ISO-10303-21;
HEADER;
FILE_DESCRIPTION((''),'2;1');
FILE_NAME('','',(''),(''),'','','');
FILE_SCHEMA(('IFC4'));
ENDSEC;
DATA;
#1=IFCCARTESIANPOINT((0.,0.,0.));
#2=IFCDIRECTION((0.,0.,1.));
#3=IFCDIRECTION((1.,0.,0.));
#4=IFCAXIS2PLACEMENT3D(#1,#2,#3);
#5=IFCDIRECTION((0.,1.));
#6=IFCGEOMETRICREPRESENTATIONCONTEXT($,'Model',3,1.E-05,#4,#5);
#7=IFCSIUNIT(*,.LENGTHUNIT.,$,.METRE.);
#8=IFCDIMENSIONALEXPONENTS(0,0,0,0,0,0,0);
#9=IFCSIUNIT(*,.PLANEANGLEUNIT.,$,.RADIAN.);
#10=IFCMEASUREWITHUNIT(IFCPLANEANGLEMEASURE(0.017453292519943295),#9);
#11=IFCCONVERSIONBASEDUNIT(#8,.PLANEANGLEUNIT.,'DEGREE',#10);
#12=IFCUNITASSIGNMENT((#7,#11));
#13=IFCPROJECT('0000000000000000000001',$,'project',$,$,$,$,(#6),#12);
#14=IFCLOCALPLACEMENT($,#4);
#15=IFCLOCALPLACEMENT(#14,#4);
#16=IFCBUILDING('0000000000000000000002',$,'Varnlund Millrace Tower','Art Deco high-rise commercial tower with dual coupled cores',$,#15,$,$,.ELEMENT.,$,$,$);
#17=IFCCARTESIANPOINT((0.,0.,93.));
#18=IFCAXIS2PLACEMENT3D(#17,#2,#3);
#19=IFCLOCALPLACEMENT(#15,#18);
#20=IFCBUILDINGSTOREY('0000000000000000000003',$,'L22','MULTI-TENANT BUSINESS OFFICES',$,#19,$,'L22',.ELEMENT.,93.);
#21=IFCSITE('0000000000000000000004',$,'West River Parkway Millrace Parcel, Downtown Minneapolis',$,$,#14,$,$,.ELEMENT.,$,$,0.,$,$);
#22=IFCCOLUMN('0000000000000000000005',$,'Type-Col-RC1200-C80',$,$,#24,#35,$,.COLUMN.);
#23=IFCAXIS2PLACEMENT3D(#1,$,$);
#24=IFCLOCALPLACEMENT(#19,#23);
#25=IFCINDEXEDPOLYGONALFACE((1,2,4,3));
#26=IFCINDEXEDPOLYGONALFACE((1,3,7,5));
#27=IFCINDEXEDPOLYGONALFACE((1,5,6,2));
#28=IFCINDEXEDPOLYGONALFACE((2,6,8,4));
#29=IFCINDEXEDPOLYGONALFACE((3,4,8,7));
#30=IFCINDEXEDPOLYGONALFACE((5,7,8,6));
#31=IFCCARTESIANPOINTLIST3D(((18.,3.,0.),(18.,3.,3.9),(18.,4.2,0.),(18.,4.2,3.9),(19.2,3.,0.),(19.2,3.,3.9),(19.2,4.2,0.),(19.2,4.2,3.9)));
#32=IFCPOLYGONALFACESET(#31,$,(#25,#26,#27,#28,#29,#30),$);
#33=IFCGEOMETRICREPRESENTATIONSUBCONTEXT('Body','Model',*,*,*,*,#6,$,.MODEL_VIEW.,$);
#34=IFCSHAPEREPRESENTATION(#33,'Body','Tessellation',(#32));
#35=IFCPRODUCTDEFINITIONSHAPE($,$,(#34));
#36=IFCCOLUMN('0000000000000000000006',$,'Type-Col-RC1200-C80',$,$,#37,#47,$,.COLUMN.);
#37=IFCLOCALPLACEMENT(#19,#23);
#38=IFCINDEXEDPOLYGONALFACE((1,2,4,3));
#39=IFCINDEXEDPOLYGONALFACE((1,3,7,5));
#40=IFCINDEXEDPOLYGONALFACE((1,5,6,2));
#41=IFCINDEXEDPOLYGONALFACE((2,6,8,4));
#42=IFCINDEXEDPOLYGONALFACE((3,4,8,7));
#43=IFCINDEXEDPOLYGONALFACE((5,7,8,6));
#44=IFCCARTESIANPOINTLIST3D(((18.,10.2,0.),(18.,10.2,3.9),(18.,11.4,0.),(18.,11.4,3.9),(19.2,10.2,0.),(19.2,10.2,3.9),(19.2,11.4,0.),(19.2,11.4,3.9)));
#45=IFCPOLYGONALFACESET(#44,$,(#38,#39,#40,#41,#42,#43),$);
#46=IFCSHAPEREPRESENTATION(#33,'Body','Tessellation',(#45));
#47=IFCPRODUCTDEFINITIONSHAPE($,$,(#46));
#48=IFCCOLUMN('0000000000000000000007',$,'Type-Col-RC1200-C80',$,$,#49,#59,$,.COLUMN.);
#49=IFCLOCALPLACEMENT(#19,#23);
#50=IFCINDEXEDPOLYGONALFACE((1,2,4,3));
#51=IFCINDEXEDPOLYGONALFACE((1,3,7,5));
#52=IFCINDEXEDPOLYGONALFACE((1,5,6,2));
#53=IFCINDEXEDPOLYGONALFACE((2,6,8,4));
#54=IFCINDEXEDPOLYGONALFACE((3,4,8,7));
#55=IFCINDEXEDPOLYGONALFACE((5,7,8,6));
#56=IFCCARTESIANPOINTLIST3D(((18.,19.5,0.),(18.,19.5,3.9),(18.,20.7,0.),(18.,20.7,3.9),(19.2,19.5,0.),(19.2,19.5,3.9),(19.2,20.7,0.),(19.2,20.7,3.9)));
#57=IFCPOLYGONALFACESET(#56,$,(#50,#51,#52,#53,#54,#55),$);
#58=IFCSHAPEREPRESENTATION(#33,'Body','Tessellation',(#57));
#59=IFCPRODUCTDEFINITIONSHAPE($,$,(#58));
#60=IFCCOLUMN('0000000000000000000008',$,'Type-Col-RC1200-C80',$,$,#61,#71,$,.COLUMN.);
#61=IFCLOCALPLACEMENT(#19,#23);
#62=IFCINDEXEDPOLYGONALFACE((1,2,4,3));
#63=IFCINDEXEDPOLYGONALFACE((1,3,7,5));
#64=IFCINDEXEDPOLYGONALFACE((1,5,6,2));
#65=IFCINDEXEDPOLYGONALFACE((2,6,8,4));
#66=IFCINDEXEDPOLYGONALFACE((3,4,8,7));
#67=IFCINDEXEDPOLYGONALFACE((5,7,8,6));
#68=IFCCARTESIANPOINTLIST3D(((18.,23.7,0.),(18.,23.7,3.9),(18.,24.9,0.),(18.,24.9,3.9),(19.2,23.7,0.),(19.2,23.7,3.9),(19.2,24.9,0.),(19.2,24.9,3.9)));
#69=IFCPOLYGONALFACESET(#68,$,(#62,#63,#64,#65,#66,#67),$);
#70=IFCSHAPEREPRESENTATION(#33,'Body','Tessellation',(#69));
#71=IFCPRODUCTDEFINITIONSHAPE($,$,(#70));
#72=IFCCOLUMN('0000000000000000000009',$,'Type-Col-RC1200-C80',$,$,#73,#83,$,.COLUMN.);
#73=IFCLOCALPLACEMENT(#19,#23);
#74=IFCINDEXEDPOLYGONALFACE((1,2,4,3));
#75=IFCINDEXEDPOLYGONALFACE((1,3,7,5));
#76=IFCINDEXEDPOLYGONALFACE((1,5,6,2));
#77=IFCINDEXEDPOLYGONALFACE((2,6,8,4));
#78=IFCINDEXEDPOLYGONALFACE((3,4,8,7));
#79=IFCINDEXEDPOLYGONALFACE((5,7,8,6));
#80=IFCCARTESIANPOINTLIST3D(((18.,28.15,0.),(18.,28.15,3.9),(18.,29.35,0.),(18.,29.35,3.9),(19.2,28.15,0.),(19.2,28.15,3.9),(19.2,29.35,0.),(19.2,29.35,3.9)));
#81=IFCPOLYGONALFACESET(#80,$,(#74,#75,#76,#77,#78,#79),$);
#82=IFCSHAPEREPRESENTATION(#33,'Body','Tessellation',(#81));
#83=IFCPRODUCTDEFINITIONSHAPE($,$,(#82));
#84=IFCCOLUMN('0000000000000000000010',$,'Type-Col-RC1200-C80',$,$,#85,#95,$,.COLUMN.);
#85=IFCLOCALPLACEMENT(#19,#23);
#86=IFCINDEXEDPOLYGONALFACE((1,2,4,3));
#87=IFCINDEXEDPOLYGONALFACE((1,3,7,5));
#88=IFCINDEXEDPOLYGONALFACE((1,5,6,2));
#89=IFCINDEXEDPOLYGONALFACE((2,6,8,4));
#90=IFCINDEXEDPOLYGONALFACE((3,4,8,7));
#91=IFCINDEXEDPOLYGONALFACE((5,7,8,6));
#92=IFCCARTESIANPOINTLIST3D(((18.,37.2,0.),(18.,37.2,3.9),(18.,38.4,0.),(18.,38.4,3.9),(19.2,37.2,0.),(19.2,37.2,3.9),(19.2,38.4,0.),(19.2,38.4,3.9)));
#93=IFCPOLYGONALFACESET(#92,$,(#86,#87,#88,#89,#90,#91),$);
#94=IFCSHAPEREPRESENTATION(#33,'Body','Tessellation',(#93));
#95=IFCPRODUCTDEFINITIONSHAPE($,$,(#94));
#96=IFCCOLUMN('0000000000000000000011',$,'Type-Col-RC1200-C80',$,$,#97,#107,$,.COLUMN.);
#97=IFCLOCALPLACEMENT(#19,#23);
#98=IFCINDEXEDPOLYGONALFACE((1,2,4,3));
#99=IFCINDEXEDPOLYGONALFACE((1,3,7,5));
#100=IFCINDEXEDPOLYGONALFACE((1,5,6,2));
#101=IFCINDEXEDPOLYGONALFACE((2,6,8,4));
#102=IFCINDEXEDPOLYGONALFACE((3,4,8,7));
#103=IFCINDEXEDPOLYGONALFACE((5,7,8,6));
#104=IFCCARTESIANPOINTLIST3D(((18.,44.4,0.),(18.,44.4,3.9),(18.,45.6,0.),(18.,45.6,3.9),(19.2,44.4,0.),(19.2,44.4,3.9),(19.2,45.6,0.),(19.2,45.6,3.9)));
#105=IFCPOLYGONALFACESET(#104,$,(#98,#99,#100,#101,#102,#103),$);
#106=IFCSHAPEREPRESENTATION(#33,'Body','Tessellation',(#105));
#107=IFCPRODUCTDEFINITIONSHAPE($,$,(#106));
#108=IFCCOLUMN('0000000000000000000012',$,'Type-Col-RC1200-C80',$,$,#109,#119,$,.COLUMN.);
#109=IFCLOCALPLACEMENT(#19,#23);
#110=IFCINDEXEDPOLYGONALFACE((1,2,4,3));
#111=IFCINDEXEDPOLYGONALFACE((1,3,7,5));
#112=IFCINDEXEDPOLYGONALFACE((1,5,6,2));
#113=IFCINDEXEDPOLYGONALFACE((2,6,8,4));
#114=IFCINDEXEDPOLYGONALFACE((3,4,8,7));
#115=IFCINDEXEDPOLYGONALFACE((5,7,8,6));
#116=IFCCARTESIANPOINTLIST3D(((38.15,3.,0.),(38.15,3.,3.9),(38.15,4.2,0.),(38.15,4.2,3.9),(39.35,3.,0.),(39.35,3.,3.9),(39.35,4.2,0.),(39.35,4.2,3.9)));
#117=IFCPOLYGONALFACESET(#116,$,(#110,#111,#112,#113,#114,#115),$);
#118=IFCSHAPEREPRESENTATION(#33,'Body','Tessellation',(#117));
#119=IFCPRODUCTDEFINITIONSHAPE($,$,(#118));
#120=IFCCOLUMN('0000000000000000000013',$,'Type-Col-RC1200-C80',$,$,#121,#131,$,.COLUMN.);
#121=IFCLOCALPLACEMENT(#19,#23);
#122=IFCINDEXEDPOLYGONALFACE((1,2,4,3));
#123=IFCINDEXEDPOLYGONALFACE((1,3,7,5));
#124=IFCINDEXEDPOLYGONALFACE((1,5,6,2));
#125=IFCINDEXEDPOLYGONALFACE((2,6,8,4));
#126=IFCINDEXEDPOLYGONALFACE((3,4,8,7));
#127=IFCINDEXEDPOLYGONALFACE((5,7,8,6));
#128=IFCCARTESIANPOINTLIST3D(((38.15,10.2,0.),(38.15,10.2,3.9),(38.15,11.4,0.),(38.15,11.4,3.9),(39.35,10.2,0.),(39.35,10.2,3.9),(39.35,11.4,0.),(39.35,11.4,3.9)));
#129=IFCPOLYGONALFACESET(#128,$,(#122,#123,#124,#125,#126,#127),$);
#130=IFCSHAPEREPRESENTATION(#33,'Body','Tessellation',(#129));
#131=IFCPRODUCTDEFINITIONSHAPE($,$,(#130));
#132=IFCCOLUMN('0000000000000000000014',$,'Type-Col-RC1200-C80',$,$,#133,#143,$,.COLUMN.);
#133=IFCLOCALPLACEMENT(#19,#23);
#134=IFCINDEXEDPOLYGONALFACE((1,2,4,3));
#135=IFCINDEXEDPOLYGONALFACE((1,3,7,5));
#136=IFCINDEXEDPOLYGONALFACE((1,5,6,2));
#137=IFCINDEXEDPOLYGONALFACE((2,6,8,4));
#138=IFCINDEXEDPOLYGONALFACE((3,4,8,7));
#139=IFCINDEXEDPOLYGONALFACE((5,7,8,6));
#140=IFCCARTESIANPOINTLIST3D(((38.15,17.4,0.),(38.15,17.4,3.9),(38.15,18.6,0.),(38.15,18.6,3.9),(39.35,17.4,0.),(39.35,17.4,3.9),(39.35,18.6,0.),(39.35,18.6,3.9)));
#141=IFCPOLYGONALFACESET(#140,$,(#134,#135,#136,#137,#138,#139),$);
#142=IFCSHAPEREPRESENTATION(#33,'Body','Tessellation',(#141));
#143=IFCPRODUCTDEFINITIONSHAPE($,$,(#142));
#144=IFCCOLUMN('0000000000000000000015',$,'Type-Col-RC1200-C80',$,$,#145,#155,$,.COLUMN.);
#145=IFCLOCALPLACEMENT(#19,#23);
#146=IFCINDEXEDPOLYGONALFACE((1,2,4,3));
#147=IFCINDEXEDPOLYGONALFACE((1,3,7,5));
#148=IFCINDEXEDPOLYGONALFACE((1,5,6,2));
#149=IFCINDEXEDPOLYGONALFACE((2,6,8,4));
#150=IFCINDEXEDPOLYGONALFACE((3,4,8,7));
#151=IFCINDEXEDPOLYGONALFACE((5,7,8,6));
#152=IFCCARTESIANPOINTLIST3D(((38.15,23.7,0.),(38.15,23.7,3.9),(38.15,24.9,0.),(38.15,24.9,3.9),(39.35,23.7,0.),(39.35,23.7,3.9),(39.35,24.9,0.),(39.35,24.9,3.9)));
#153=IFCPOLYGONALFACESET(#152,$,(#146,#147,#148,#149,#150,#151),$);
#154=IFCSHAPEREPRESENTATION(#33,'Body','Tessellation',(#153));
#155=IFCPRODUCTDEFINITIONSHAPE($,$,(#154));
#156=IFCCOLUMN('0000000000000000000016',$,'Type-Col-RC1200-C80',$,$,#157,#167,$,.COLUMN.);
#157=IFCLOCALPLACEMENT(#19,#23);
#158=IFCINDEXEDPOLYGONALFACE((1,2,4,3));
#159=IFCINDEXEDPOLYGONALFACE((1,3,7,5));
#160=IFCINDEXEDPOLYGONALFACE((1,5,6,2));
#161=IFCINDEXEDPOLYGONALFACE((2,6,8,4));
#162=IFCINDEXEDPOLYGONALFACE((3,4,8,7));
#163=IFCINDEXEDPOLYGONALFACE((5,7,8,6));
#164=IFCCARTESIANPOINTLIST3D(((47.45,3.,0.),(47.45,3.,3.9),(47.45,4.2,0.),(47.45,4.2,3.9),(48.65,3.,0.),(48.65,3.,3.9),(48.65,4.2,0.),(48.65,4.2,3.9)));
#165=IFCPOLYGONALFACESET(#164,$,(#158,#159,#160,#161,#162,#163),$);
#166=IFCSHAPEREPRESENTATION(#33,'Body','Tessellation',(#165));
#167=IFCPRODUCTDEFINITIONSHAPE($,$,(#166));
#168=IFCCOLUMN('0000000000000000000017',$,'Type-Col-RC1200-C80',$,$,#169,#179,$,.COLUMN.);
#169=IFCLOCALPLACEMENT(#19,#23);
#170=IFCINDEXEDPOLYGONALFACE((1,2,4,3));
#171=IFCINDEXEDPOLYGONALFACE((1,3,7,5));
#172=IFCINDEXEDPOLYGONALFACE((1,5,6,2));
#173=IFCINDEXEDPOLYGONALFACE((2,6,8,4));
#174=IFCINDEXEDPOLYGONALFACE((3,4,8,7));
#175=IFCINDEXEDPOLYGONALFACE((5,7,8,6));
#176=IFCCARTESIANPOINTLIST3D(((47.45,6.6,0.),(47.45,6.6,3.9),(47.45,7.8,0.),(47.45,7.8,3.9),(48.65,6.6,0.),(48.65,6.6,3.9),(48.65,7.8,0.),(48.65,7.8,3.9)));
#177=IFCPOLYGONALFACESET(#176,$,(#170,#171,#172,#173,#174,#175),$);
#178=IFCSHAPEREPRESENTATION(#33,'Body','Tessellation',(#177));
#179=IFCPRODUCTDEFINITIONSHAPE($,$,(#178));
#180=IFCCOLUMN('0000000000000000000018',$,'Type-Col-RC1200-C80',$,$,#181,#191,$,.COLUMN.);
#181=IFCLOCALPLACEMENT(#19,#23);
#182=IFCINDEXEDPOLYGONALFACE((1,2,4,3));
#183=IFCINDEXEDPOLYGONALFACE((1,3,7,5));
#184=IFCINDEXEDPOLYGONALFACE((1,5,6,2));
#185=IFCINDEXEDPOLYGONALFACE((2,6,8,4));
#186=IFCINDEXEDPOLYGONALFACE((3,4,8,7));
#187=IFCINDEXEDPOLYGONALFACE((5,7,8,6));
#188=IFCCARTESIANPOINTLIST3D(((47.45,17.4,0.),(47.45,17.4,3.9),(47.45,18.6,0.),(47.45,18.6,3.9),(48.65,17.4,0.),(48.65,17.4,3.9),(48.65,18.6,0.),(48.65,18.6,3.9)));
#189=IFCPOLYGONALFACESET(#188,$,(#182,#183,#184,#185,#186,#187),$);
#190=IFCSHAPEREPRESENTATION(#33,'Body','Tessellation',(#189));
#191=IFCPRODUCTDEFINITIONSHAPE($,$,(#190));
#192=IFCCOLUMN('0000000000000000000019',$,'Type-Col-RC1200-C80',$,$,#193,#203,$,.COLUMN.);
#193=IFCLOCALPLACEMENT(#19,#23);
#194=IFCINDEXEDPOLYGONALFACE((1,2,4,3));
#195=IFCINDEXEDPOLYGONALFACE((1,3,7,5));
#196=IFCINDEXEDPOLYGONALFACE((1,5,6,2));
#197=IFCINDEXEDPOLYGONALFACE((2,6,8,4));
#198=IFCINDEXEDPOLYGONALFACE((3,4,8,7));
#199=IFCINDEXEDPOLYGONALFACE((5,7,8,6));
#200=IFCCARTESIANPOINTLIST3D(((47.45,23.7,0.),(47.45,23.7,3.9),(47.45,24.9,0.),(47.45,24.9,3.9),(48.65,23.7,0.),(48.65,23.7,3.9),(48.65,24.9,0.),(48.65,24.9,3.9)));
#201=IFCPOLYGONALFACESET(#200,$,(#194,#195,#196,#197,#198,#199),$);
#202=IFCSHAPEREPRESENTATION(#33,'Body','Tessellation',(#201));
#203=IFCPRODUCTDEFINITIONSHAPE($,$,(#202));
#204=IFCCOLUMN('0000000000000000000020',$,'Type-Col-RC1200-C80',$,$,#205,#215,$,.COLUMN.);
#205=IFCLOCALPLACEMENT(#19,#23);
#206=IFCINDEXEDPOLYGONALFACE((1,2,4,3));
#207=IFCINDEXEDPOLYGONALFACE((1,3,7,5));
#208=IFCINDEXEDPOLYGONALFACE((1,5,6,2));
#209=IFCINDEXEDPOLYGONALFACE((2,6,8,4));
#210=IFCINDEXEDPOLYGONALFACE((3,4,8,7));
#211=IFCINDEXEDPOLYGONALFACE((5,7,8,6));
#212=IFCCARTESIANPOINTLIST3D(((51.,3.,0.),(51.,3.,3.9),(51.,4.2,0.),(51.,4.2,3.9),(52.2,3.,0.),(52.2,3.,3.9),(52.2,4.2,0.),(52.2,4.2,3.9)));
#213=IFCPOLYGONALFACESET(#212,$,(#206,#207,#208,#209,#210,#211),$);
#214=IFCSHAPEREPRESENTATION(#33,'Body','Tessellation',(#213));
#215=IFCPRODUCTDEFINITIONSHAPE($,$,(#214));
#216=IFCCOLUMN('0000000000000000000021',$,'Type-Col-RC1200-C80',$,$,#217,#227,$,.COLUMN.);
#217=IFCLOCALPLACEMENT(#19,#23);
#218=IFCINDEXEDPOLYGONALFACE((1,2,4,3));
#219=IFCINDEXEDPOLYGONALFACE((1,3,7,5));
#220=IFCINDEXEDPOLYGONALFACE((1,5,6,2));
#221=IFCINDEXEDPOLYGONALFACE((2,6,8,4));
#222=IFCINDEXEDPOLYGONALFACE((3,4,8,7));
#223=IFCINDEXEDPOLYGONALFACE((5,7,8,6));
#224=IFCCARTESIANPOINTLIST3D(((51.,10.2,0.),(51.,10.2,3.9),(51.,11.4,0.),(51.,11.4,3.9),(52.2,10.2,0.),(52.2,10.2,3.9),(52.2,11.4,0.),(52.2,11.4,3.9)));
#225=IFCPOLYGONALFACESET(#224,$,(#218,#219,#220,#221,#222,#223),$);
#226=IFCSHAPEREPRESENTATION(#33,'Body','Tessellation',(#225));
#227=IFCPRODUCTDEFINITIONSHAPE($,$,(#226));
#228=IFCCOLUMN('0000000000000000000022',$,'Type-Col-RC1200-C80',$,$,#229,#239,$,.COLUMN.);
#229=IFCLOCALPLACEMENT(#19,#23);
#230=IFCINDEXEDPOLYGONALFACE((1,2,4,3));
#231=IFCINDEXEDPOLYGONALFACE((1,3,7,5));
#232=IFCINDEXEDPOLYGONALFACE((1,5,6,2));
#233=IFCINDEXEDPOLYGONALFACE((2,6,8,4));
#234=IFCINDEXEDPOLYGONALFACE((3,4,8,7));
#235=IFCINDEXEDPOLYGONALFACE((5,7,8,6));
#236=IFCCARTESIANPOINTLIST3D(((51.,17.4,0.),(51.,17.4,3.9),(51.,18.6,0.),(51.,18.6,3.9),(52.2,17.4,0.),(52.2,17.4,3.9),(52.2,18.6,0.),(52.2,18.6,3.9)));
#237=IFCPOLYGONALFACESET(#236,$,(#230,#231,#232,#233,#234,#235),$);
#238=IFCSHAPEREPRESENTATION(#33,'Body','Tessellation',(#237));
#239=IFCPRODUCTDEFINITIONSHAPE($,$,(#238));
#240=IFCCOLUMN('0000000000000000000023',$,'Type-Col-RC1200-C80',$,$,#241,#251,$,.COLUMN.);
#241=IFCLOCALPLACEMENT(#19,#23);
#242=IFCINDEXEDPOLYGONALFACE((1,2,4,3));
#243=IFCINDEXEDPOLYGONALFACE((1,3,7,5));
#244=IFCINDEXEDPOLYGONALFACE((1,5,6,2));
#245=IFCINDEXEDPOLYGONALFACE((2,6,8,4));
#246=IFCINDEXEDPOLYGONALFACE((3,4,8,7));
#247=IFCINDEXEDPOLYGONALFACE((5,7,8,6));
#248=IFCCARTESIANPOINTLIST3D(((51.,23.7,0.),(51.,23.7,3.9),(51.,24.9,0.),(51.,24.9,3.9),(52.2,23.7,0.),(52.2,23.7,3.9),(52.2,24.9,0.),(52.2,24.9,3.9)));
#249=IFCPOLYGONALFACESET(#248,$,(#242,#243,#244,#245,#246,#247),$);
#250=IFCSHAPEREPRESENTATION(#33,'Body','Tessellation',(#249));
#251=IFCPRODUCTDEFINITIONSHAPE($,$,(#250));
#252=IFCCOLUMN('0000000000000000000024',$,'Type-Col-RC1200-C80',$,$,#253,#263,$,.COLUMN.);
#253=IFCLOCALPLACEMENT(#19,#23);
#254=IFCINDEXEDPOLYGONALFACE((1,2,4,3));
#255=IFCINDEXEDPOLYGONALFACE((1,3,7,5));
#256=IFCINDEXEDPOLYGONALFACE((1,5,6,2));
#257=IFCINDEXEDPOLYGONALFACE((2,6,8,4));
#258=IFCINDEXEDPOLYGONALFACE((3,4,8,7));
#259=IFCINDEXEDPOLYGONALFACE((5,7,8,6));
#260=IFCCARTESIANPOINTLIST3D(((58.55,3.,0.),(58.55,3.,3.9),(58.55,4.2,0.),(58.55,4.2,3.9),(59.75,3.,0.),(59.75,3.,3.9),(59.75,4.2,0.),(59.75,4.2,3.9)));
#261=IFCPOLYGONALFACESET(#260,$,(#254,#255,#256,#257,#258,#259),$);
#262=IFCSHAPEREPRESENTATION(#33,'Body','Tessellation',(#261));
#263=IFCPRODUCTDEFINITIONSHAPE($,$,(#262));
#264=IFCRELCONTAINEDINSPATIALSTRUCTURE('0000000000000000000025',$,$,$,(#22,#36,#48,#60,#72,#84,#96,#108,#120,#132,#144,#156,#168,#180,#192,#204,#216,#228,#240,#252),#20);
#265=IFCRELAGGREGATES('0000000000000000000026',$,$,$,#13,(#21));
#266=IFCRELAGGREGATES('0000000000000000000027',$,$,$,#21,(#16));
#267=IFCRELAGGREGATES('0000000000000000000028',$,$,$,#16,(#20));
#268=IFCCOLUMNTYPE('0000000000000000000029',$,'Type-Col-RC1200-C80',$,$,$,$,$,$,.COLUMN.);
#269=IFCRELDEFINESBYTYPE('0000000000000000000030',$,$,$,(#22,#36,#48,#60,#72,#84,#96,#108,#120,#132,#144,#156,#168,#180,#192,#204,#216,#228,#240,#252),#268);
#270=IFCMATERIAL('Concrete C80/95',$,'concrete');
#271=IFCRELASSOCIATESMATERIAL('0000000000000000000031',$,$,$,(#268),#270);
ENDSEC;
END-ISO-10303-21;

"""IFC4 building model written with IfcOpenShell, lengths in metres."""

from ifc_helpers import new_model, entity, si_unit, converted_unit, direction, frame, origin_with_axes, origin_2d_with_axis, place, context, subcontext, project, spatial, rectangle, extrude, material, material_profile, profile_set, type_object, element, save


model = new_model("IFC4")

# Units and contexts
model_context = context("Model", 3, precision=1e-05, world=origin_with_axes(), true_north=direction((0.0, 1.0)))
body_context = subcontext(model_context, "Body", "Model", "MODEL_VIEW")
ifc_project = project(units=[si_unit("LENGTHUNIT", "METRE"), converted_unit("PLANEANGLEUNIT", "DEGREE", entity("IfcPlaneAngleMeasure", 0.017453292519943295), si_unit("PLANEANGLEUNIT", "RADIAN"), dimensions=[0, 0, 0, 0, 0, 0, 0])], contexts=[model_context])

# Site, building, storey
site_placement = place(None, origin_with_axes())
site = spatial("IfcSite", under=ifc_project, at=site_placement, Name="West River Parkway Millrace Parcel, Downtown Minneapolis", CompositionType="ELEMENT", RefElevation=0.0)
building_placement = place(site_placement, origin_with_axes())
building = spatial("IfcBuilding", under=site, at=building_placement, Name="Varnlund Millrace Tower", Description="Art Deco high-rise commercial tower with dual coupled cores", CompositionType="ELEMENT")
storey_placement = place(building_placement, frame((0.0, 0.0, 93.0), z_axis=(0.0, 0.0, 1.0), x_axis=(1.0, 0.0, 0.0)))
storey = spatial("IfcBuildingStorey", under=building, at=storey_placement, Name="L22", Description="MULTI-TENANT BUSINESS OFFICES", LongName="L22", CompositionType="ELEMENT", Elevation=93.0)

# Columns
ifc_material_1 = material(Name="Concrete C80/95", Category="concrete")
ifc_material_profile = material_profile(ifc_material_1, rectangle(XDim=1.2, YDim=1.2, at=origin_2d_with_axis()), Name="Concrete C80/95")
ifc_profile_set = profile_set([ifc_material_profile], Name="Concrete C80/95")
column_type = type_object("IfcColumnType", Name="Type-Col-RC1200-C80", PredefinedType="COLUMN", material=ifc_profile_set)
for number, where, z_axis, x_axis, name in (
    (1, (18.6, 3.6, 0.0), (0.0, 0.0, 1.0), (1.0, 0.0, 0.0), "Type-Col-RC1200-C80"),
    (2, (18.6, 10.8, 0.0), (0.0, 0.0, 1.0), (1.0, 0.0, 0.0), "Type-Col-RC1200-C80"),
    (3, (18.6, 20.1, 0.0), (0.0, 0.0, 1.0), (1.0, 0.0, 0.0), "Type-Col-RC1200-C80"),
    (4, (18.6, 24.3, 0.0), (0.0, 0.0, 1.0), (1.0, 0.0, 0.0), "Type-Col-RC1200-C80"),
    (5, (18.6, 28.75, 0.0), (0.0, 0.0, 1.0), (1.0, 0.0, 0.0), "Type-Col-RC1200-C80"),
    (6, (18.6, 37.8, 0.0), (0.0, 0.0, 1.0), (1.0, 0.0, 0.0), "Type-Col-RC1200-C80"),
    (7, (18.6, 45.0, 0.0), (0.0, 0.0, 1.0), (1.0, 0.0, 0.0), "Type-Col-RC1200-C80"),
    (8, (38.75, 3.6, 0.0), (0.0, 0.0, 1.0), (1.0, 0.0, 0.0), "Type-Col-RC1200-C80"),
    (9, (38.75, 10.8, 0.0), (0.0, 0.0, 1.0), (1.0, 0.0, 0.0), "Type-Col-RC1200-C80"),
    (10, (38.75, 18.0, 0.0), (0.0, 0.0, 1.0), (1.0, 0.0, 0.0), "Type-Col-RC1200-C80"),
    (11, (38.75, 24.3, 0.0), (0.0, 0.0, 1.0), (1.0, 0.0, 0.0), "Type-Col-RC1200-C80"),
    (12, (48.05, 3.6, 0.0), (0.0, 0.0, 1.0), (1.0, 0.0, 0.0), "Type-Col-RC1200-C80"),
    (13, (48.05, 7.2, 0.0), (0.0, 0.0, 1.0), (1.0, 0.0, 0.0), "Type-Col-RC1200-C80"),
    (14, (48.05, 18.0, 0.0), (0.0, 0.0, 1.0), (1.0, 0.0, 0.0), "Type-Col-RC1200-C80"),
    (15, (48.05, 24.3, 0.0), (0.0, 0.0, 1.0), (1.0, 0.0, 0.0), "Type-Col-RC1200-C80"),
    (16, (51.6, 3.6, 0.0), (0.0, 0.0, 1.0), (1.0, 0.0, 0.0), "Type-Col-RC1200-C80"),
    (17, (51.6, 10.8, 0.0), (0.0, 0.0, 1.0), (1.0, 0.0, 0.0), "Type-Col-RC1200-C80"),
    (18, (51.6, 18.0, 0.0), (0.0, 0.0, 1.0), (1.0, 0.0, 0.0), "Type-Col-RC1200-C80"),
    (19, (51.6, 24.3, 0.0), (0.0, 0.0, 1.0), (1.0, 0.0, 0.0), "Type-Col-RC1200-C80"),
    (20, (59.15, 3.6, 0.0), (0.0, 0.0, 1.0), (1.0, 0.0, 0.0), "Type-Col-RC1200-C80"),
):
    element("IfcColumn", number, at=place(storey_placement, frame(where, z_axis=z_axis, x_axis=x_axis)), inside=storey, type_object=column_type, Name=name, PredefinedType="COLUMN", context=body_context, shape_type="SweptSolid", body=[
        extrude(rectangle(XDim=1.2, YDim=1.2, at=origin_2d_with_axis()), origin_with_axes(), (0.0, 0.0, 1.0), 3.9),
    ])

save(model, "model.ifc")
